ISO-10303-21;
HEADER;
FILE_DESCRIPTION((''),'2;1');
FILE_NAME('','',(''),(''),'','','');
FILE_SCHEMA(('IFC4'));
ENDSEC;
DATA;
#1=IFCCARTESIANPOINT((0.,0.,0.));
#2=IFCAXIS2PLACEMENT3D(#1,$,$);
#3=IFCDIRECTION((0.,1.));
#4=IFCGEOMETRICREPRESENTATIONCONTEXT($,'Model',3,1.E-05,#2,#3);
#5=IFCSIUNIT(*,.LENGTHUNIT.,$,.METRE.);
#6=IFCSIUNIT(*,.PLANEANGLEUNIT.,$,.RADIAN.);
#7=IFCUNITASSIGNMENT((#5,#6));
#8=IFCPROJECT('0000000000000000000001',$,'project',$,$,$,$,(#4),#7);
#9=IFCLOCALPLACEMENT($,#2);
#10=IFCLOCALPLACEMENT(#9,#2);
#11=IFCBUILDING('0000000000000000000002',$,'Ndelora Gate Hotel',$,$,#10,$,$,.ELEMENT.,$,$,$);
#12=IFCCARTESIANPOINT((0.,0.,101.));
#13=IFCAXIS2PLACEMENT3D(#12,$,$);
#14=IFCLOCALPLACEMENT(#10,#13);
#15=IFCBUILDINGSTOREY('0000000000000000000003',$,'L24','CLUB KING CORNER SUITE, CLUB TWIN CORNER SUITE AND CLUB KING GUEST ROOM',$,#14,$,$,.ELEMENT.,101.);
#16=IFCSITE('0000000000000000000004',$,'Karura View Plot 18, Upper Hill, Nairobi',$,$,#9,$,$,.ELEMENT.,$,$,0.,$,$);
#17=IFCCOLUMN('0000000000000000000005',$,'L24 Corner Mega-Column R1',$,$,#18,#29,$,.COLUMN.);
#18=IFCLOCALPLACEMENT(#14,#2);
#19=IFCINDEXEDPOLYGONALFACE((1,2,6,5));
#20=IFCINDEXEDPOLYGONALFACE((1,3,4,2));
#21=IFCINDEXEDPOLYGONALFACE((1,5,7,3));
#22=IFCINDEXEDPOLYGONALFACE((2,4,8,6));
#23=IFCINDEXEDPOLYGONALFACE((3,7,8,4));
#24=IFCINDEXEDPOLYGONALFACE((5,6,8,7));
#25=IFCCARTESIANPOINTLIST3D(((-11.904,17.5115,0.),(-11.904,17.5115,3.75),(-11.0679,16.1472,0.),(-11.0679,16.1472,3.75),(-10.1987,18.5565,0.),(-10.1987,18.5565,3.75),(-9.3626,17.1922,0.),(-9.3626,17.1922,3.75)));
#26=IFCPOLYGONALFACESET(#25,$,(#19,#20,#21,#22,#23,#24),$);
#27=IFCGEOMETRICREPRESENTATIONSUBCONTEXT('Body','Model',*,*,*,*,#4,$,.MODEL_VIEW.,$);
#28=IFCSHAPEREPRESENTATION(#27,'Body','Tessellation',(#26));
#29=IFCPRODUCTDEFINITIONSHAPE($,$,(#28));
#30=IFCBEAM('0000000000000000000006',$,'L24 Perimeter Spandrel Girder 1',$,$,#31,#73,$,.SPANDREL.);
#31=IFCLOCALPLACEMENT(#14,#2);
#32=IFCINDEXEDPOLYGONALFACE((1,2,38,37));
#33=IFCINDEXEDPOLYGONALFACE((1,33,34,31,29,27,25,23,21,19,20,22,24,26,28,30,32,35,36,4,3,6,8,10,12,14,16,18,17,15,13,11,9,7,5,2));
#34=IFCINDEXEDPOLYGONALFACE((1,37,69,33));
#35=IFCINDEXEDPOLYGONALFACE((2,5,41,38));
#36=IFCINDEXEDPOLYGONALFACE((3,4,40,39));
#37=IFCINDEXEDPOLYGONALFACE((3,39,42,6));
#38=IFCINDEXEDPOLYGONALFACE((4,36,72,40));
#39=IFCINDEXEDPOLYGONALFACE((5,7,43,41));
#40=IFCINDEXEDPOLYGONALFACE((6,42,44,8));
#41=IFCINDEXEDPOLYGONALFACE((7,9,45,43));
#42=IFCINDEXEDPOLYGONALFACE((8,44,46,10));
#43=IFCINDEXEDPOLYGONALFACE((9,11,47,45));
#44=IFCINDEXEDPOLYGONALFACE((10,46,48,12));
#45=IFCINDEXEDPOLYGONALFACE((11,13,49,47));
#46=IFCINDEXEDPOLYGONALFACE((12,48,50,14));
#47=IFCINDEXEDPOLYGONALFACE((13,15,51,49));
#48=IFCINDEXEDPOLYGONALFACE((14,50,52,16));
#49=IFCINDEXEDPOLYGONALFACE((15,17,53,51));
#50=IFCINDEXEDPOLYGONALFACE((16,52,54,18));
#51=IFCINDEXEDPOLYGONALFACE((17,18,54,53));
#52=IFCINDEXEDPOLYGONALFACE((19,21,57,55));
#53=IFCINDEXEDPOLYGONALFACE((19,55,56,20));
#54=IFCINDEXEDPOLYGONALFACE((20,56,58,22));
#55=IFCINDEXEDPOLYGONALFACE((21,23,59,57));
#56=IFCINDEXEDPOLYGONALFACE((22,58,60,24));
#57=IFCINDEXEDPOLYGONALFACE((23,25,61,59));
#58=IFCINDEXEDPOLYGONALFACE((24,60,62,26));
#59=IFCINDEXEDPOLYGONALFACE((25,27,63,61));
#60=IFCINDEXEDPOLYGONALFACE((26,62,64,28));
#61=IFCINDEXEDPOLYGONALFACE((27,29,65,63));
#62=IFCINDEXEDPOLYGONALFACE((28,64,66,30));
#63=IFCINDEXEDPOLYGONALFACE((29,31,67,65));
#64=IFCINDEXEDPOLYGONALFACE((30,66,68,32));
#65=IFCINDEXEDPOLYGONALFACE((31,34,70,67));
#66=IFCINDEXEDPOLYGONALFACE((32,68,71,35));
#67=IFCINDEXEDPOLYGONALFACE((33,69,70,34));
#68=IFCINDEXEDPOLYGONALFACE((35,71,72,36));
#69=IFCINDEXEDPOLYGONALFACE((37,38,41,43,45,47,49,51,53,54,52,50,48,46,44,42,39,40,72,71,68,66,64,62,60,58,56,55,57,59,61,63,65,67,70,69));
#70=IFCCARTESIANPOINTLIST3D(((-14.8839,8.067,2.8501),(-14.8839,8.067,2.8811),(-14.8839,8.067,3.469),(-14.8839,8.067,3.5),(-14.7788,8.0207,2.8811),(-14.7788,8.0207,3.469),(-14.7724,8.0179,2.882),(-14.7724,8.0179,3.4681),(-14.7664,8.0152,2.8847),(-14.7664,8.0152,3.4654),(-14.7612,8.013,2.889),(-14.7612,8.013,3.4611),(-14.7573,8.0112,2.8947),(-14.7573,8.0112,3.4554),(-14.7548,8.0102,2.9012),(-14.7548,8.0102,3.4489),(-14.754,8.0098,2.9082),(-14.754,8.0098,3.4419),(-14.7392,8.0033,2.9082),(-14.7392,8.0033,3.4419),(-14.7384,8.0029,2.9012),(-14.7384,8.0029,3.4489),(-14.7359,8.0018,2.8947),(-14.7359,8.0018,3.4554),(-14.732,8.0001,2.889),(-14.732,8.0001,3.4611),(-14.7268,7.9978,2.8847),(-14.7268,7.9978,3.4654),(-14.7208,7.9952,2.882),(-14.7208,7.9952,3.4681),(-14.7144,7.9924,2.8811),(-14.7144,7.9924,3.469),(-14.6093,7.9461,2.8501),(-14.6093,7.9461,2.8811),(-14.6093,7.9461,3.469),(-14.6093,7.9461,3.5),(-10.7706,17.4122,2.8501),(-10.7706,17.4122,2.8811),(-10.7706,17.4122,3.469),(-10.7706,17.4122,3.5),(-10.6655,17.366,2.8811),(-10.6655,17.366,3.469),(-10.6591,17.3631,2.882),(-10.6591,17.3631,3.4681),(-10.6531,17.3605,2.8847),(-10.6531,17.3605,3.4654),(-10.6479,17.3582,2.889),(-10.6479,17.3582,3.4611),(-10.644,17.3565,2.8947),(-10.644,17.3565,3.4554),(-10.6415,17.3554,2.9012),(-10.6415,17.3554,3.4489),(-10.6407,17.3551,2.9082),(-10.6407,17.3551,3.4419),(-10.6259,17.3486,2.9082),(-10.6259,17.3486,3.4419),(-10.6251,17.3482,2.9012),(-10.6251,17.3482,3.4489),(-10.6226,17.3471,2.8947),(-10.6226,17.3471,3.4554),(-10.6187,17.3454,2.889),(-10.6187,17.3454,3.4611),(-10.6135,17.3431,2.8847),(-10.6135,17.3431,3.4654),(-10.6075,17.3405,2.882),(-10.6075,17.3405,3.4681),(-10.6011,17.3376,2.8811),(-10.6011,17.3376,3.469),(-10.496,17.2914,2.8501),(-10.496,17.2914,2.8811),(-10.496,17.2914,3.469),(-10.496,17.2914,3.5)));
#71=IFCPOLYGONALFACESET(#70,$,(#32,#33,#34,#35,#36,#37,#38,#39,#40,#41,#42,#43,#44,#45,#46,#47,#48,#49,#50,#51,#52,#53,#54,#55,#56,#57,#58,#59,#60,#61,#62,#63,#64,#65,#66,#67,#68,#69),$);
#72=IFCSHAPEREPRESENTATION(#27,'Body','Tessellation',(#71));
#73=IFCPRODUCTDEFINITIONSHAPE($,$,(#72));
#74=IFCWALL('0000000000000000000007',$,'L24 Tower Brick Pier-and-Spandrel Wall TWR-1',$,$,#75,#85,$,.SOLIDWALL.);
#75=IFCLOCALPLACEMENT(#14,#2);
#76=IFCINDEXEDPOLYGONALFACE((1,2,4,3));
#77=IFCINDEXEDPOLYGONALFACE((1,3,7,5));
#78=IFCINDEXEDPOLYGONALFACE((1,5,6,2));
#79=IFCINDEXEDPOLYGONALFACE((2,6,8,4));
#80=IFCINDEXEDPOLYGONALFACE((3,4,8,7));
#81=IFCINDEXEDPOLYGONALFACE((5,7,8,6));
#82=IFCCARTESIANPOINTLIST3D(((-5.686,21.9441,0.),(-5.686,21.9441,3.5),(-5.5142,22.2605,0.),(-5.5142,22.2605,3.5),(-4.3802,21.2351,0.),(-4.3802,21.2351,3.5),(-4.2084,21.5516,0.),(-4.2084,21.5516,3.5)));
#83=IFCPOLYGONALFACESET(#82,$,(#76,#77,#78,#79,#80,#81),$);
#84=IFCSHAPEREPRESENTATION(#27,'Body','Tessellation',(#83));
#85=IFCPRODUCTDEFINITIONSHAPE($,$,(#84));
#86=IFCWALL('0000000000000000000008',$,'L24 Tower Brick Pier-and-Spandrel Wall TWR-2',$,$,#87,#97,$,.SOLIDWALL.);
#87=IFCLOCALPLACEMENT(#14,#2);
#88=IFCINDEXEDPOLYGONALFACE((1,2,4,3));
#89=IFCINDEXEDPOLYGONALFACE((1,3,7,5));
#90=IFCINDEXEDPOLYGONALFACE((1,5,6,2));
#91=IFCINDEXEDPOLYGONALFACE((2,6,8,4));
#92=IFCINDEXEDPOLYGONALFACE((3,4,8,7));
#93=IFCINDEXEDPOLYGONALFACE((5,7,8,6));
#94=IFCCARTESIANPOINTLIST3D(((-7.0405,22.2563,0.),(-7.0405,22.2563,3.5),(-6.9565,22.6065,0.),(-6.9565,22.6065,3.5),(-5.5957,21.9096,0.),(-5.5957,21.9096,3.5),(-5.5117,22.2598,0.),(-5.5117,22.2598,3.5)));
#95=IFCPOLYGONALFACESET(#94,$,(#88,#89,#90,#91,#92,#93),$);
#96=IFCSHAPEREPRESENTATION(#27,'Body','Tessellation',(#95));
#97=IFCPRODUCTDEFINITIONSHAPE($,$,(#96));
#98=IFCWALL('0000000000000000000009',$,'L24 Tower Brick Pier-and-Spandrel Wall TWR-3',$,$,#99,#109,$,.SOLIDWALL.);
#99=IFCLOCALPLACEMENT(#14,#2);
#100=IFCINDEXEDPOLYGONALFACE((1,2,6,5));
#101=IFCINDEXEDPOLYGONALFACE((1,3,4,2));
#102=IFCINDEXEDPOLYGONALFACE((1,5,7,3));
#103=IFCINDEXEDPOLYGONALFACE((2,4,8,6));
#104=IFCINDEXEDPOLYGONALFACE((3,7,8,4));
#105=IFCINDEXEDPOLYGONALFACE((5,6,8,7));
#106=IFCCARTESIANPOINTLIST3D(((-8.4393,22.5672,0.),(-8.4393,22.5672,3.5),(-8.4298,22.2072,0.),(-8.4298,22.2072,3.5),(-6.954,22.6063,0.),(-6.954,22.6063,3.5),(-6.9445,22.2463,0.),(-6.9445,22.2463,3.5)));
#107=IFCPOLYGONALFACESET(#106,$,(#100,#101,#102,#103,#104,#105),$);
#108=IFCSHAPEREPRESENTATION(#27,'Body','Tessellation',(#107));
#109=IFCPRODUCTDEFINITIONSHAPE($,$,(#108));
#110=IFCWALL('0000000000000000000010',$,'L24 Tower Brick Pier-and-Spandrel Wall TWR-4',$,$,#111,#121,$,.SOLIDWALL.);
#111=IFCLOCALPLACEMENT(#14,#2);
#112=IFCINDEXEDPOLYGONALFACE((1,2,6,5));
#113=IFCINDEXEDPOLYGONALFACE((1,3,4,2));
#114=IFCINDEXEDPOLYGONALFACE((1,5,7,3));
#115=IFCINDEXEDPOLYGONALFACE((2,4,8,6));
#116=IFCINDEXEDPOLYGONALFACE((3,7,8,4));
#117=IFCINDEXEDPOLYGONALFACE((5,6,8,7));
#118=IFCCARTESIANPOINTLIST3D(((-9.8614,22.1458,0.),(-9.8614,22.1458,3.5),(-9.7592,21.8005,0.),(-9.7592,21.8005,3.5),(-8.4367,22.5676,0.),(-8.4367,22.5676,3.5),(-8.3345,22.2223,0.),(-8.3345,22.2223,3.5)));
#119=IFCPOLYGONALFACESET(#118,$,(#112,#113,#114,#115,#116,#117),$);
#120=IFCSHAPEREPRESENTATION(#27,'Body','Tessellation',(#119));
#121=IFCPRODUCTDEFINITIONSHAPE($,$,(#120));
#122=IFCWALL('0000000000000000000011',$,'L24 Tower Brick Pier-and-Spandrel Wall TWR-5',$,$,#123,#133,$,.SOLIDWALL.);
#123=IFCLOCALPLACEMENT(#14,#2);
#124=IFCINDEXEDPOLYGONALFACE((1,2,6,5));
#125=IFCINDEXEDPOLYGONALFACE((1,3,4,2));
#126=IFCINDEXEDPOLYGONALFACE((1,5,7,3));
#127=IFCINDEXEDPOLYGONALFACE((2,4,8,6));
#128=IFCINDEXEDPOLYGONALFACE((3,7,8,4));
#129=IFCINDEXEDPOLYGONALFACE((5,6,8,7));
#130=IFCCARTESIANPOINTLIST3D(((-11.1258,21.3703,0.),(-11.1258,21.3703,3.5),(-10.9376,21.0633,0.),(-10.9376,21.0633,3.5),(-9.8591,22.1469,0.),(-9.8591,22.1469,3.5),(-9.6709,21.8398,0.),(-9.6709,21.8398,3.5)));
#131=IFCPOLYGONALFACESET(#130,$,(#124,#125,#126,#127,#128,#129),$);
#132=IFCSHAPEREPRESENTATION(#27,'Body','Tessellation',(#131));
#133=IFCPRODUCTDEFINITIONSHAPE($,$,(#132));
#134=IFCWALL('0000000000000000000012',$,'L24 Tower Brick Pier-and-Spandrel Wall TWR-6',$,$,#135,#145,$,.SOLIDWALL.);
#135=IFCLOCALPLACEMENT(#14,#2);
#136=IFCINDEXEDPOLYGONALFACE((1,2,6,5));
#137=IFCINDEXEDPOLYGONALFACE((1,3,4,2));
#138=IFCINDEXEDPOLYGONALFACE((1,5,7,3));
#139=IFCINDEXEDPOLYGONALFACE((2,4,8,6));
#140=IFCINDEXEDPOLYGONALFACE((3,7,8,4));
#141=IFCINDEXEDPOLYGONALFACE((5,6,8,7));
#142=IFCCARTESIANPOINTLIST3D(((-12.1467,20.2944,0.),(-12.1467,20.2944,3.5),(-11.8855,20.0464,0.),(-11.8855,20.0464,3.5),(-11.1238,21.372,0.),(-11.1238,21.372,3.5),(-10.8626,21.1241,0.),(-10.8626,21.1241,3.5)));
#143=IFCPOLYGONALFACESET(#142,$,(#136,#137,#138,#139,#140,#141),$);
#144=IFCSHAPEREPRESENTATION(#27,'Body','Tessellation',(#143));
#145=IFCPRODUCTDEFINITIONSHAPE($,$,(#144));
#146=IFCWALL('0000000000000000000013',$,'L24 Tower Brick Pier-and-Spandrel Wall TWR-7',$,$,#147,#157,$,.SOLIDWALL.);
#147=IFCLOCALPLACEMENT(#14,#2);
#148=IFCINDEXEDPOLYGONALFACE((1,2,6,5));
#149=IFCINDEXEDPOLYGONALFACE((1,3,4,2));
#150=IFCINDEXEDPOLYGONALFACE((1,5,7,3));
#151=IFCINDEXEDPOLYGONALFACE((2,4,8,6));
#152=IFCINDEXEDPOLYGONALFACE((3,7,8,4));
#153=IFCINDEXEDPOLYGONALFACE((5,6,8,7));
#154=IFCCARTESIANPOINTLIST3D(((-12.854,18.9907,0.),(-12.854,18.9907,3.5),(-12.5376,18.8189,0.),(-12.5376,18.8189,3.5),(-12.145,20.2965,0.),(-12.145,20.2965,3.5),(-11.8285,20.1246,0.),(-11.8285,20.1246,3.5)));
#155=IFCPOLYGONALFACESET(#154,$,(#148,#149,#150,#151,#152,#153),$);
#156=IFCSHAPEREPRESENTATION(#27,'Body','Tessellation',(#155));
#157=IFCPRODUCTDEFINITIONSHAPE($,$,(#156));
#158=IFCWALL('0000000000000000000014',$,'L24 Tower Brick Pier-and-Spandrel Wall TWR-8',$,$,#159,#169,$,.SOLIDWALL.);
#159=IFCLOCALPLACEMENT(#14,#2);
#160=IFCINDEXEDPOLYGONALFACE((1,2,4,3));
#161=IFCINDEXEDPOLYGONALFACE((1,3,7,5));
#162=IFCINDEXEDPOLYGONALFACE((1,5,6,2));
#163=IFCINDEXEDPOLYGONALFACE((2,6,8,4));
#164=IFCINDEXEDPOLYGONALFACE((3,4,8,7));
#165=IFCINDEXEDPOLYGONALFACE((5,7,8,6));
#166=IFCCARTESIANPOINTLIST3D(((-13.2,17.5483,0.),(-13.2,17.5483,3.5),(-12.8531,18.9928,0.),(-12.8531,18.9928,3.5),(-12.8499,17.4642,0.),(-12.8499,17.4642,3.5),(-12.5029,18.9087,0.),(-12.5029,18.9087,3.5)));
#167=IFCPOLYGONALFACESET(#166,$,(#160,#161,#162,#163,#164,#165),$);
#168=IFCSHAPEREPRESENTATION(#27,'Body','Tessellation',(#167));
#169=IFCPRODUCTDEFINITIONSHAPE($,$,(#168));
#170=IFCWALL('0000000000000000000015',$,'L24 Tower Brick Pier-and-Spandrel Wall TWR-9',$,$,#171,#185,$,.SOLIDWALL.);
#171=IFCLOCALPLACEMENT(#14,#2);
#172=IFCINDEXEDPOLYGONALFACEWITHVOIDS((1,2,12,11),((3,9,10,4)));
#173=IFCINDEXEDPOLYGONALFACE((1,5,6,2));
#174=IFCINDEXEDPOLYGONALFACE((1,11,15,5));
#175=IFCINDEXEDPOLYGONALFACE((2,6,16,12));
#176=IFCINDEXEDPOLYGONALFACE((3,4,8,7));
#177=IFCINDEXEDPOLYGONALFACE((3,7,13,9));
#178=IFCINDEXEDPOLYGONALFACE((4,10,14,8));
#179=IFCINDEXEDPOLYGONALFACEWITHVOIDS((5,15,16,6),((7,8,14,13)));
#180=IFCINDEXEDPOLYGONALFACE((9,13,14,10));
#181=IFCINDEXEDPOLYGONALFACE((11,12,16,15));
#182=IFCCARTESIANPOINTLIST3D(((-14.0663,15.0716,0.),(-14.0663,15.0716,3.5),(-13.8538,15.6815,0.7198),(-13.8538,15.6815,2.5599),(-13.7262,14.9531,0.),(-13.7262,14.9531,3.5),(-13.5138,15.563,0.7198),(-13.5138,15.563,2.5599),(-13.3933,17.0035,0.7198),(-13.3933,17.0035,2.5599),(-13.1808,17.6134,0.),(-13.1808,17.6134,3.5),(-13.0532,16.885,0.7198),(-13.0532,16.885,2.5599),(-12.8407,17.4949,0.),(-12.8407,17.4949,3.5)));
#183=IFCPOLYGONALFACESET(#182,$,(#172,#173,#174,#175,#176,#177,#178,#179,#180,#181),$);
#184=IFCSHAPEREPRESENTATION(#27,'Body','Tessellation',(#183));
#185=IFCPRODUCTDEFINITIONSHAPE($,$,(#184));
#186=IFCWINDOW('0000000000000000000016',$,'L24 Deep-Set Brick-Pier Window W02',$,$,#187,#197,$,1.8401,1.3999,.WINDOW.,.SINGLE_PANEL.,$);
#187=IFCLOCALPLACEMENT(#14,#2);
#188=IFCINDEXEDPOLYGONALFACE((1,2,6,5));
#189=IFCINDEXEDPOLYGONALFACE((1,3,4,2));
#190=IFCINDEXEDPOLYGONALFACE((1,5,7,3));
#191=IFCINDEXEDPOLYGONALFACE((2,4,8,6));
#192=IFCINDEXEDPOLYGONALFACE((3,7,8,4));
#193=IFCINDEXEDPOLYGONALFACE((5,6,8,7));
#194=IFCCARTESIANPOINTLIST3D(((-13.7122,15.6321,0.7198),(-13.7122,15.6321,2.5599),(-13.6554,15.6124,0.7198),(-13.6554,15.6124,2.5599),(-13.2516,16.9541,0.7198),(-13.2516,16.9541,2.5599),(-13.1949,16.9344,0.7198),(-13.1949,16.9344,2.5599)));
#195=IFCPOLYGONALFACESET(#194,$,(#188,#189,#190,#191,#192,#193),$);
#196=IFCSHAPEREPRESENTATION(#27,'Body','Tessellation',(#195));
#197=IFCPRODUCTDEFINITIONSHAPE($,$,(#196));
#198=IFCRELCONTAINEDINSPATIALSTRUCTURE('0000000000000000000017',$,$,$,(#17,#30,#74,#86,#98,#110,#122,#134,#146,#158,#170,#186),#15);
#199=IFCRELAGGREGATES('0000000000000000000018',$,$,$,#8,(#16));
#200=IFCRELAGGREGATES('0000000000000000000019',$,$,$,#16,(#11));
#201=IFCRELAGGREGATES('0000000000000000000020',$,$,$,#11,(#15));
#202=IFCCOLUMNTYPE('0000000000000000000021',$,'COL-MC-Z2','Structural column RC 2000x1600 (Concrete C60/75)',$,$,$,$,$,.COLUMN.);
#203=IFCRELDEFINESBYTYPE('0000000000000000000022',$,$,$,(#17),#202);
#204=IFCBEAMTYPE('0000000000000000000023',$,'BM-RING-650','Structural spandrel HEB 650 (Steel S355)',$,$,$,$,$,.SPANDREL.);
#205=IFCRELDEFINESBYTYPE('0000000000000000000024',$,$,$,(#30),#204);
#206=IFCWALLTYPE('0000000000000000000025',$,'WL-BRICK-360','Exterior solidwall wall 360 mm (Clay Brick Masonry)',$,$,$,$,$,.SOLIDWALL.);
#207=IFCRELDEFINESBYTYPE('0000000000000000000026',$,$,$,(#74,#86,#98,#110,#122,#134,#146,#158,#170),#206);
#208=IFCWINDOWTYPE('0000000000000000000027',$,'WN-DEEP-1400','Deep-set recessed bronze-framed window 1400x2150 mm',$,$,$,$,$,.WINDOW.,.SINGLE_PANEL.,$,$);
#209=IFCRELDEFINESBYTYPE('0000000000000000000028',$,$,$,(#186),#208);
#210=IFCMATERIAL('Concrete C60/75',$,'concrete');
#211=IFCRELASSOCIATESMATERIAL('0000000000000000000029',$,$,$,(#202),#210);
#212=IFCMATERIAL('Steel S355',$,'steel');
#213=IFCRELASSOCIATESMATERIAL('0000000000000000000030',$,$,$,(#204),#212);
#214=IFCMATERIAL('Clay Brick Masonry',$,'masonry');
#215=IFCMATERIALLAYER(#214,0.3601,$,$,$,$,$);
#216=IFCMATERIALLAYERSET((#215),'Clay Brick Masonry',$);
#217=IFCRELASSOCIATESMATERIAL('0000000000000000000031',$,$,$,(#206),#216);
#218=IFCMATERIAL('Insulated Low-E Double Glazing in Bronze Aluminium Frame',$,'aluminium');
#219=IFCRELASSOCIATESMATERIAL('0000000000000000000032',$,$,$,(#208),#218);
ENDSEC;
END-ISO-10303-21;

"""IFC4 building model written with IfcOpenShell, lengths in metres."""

from ifc_helpers import new_model, si_unit, direction, frame, frame_2d, origin, origin_2d, place, context, subcontext, project, spatial, rectangle, i_section, extrude, material, layer, layer_set, material_profile, profile_set, type_object, element, fill, save


model = new_model("IFC4")

# Units and contexts
model_context = context("Model", 3, precision=1e-05, world=origin(), true_north=direction((0.0, 1.0)))
body_context = subcontext(model_context, "Body", "Model", "MODEL_VIEW")
ifc_project = project(units=[si_unit("LENGTHUNIT", "METRE"), si_unit("PLANEANGLEUNIT", "RADIAN")], contexts=[model_context])

# Site, building, storey
site_placement = place(None, origin())
site = spatial("IfcSite", under=ifc_project, at=site_placement, Name="Karura View Plot 18, Upper Hill, Nairobi", CompositionType="ELEMENT", RefElevation=0.0)
building_placement = place(site_placement, origin())
building = spatial("IfcBuilding", under=site, at=building_placement, Name="Ndelora Gate Hotel", CompositionType="ELEMENT")
storey_placement = place(building_placement, frame((0.0, 0.0, 101.0)))
storey = spatial("IfcBuildingStorey", under=building, at=storey_placement, Name="L24", Description="CLUB KING CORNER SUITE, CLUB TWIN CORNER SUITE AND CLUB KING GUEST ROOM", CompositionType="ELEMENT", Elevation=101.0)

# Column
ifc_material_1 = material(Name="Concrete C60/75", Category="concrete")
ifc_material_profile_1 = material_profile(ifc_material_1, rectangle(XDim=1.6001, YDim=2.0, at=origin_2d()), Name="RC 2000x1600")
ifc_profile_set_1 = profile_set([ifc_material_profile_1], Name="Concrete C60/75")
column_type = type_object("IfcColumnType", Name="COL-MC-Z2", Description="Structural column RC 2000x1600 (Concrete C60/75)", PredefinedType="COLUMN", material=ifc_profile_set_1)
column_placement = place(storey_placement, frame((-10.6333, 17.3518, 0.0), z_axis=(0.0, 0.0, 1.0), x_axis=(-0.522499, 0.85264, 0.0)))
element("IfcColumn", 1, at=column_placement, inside=storey, type_object=column_type, Name="L24 Corner Mega-Column R1", PredefinedType="COLUMN", context=body_context, shape_type="SweptSolid", body=[
    extrude(rectangle(XDim=1.6001, YDim=2.0, at=origin_2d()), origin(), (0.0, 0.0, 1.0), 3.75),
])

# Beam
ifc_material_2 = material(Name="Steel S355", Category="steel")
ifc_material_profile_2 = material_profile(ifc_material_2, i_section(OverallWidth=0.3, OverallDepth=0.6499, WebThickness=0.0161, FlangeThickness=0.031, FilletRadius=0.0271, at=origin_2d()), Name="HEB 650")
ifc_profile_set_2 = profile_set([ifc_material_profile_2], Name="Steel S355")
beam_type = type_object("IfcBeamType", Name="BM-RING-650", Description="Structural spandrel HEB 650 (Steel S355)", PredefinedType="SPANDREL", material=ifc_profile_set_2)
beam_placement = place(storey_placement, frame((-10.6333, 17.3518, 3.175), z_axis=(-0.402852, -0.915265, 0.0), x_axis=(0.915265, -0.402852, 0.0)))
element("IfcBeam", 2, at=beam_placement, inside=storey, type_object=beam_type, Name="L24 Perimeter Spandrel Girder 1", PredefinedType="SPANDREL", context=body_context, shape_type="SweptSolid", body=[
    extrude(i_section(OverallWidth=0.3, OverallDepth=0.6499, WebThickness=0.0161, FlangeThickness=0.031, FilletRadius=0.0271, at=origin_2d()), origin(), (0.0, 0.0, 1.0), 10.2104),
])

# Walls
ifc_material_3 = material(Name="Clay Brick Masonry", Category="masonry")
ifc_layer_1 = layer(ifc_material_3, 0.3601)
ifc_layer_set_1 = layer_set([ifc_layer_1], Name="Clay Brick Masonry")
wall_type_1 = type_object("IfcWallType", Name="WL-BRICK-360", Description="Exterior solidwall wall 360 mm (Clay Brick Masonry)", PredefinedType="SOLIDWALL", material=ifc_layer_set_1)
for number, where, z_axis, x_axis, name in (
    (3, (-5.6001, 22.1023, 0.0), (0.0, 0.0, 1.0), (0.878836, -0.477124, 0.0), "L24 Tower Brick Pier-and-Spandrel Wall TWR-1"),
    (4, (-6.9985, 22.4314, 0.0), (0.0, 0.0, 1.0), (0.972399, -0.233323, 0.0), "L24 Tower Brick Pier-and-Spandrel Wall TWR-2"),
    (5, (-8.4346, 22.3872, 0.0), (0.0, 0.0, 1.0), (0.999654, 0.026289, 0.0), "L24 Tower Brick Pier-and-Spandrel Wall TWR-3"),
    (6, (-9.8103, 21.9731, 0.0), (0.0, 0.0, 1.0), (0.958851, 0.283909, 0.0), "L24 Tower Brick Pier-and-Spandrel Wall TWR-4"),
    (7, (-11.0317, 21.2168, 0.0), (0.0, 0.0, 1.0), (0.852554, 0.522639, 0.0), "L24 Tower Brick Pier-and-Spandrel Wall TWR-5"),
    (8, (-12.0161, 20.1704, 0.0), (0.0, 0.0, 1.0), (0.688464, 0.72527, 0.0), "L24 Tower Brick Pier-and-Spandrel Wall TWR-6"),
    (9, (-12.6958, 18.9048, 0.0), (0.0, 0.0, 1.0), (0.477193, 0.878798, 0.0), "L24 Tower Brick Pier-and-Spandrel Wall TWR-7"),
):
    element("IfcWall", number, at=place(storey_placement, frame(where, z_axis=z_axis, x_axis=x_axis)), inside=storey, type_object=wall_type_1, Name=name, PredefinedType="SOLIDWALL", context=body_context, shape_type="SweptSolid", body=[
        extrude(rectangle(XDim=1.4858, YDim=0.3601, at=frame_2d((0.7429, 0.0))), origin(), (0.0, 0.0, 1.0), 3.5),
    ])
wall_1_placement = place(storey_placement, frame((-13.0249, 17.5063, 0.0), z_axis=(0.0, 0.0, 1.0), x_axis=(0.233516, 0.972353, 0.0)))
element("IfcWall", 10, at=wall_1_placement, inside=storey, type_object=wall_type_1, Name="L24 Tower Brick Pier-and-Spandrel Wall TWR-8", PredefinedType="SOLIDWALL", context=body_context, shape_type="SweptSolid", body=[
    extrude(rectangle(XDim=1.4856, YDim=0.3601, at=frame_2d((0.7427, 0.0))), origin(), (0.0, 0.0, 1.0), 3.5),
])

# Wall, opening, window
wall_2_placement = place(storey_placement, frame((-13.8962, 15.0125, 0.0), z_axis=(0.0, 0.0, 1.0), x_axis=(0.328988, 0.944334, 0.0)))
wall_2 = element("IfcWall", 11, at=wall_2_placement, inside=storey, type_object=wall_type_1, Name="L24 Tower Brick Pier-and-Spandrel Wall TWR-9", PredefinedType="SOLIDWALL", context=body_context, shape_type="SweptSolid", body=[
    extrude(rectangle(XDim=2.6917, YDim=0.3601, at=frame_2d((1.3457, 0.0))), origin(), (0.0, 0.0, 1.0), 3.5),
])
opening_1_placement = place(wall_2_placement, frame((0.6458, 0.0, 0.72)))
opening_1 = element("IfcOpeningElement", 12, at=opening_1_placement, cuts=wall_2, PredefinedType="OPENING", context=body_context, shape_type="SweptSolid", body=[
    extrude(rectangle(XDim=1.3999, YDim=1.8401, at=frame_2d((0.7, 0.9199))), frame((0.0, 0.1899, 0.0), z_axis=(0.0, -1.0, 0.0), x_axis=(1.0, 0.0, 0.0)), (0.0, 0.0, 1.0), 0.3801),
])
ifc_material_4 = material(Name="Insulated Low-E Double Glazing in Bronze Aluminium Frame", Category="aluminium")
window_type_1 = type_object("IfcWindowType", Name="WN-DEEP-1400", Description="Deep-set recessed bronze-framed window 1400x2150 mm", PartitioningType="SINGLE_PANEL", PredefinedType="WINDOW", material=ifc_material_4)
window_1_placement = place(opening_1_placement, origin())
window_1 = element("IfcWindow", 13, at=window_1_placement, inside=storey, type_object=window_type_1, Name="L24 Deep-Set Brick-Pier Window W02", OverallHeight=1.8401, OverallWidth=1.3999, PartitioningType="SINGLE_PANEL", PredefinedType="WINDOW", context=body_context, shape_type="SweptSolid", body=[
    extrude(rectangle(XDim=1.3999, YDim=1.8401, at=frame_2d((0.7, 0.9199))), frame((0.0, 0.03, 0.0), z_axis=(0.0, -1.0, 0.0), x_axis=(1.0, 0.0, 0.0)), (0.0, 0.0, 1.0), 0.0601),
])
fill(opening_1, window_1)

save(model, "model.ifc")
